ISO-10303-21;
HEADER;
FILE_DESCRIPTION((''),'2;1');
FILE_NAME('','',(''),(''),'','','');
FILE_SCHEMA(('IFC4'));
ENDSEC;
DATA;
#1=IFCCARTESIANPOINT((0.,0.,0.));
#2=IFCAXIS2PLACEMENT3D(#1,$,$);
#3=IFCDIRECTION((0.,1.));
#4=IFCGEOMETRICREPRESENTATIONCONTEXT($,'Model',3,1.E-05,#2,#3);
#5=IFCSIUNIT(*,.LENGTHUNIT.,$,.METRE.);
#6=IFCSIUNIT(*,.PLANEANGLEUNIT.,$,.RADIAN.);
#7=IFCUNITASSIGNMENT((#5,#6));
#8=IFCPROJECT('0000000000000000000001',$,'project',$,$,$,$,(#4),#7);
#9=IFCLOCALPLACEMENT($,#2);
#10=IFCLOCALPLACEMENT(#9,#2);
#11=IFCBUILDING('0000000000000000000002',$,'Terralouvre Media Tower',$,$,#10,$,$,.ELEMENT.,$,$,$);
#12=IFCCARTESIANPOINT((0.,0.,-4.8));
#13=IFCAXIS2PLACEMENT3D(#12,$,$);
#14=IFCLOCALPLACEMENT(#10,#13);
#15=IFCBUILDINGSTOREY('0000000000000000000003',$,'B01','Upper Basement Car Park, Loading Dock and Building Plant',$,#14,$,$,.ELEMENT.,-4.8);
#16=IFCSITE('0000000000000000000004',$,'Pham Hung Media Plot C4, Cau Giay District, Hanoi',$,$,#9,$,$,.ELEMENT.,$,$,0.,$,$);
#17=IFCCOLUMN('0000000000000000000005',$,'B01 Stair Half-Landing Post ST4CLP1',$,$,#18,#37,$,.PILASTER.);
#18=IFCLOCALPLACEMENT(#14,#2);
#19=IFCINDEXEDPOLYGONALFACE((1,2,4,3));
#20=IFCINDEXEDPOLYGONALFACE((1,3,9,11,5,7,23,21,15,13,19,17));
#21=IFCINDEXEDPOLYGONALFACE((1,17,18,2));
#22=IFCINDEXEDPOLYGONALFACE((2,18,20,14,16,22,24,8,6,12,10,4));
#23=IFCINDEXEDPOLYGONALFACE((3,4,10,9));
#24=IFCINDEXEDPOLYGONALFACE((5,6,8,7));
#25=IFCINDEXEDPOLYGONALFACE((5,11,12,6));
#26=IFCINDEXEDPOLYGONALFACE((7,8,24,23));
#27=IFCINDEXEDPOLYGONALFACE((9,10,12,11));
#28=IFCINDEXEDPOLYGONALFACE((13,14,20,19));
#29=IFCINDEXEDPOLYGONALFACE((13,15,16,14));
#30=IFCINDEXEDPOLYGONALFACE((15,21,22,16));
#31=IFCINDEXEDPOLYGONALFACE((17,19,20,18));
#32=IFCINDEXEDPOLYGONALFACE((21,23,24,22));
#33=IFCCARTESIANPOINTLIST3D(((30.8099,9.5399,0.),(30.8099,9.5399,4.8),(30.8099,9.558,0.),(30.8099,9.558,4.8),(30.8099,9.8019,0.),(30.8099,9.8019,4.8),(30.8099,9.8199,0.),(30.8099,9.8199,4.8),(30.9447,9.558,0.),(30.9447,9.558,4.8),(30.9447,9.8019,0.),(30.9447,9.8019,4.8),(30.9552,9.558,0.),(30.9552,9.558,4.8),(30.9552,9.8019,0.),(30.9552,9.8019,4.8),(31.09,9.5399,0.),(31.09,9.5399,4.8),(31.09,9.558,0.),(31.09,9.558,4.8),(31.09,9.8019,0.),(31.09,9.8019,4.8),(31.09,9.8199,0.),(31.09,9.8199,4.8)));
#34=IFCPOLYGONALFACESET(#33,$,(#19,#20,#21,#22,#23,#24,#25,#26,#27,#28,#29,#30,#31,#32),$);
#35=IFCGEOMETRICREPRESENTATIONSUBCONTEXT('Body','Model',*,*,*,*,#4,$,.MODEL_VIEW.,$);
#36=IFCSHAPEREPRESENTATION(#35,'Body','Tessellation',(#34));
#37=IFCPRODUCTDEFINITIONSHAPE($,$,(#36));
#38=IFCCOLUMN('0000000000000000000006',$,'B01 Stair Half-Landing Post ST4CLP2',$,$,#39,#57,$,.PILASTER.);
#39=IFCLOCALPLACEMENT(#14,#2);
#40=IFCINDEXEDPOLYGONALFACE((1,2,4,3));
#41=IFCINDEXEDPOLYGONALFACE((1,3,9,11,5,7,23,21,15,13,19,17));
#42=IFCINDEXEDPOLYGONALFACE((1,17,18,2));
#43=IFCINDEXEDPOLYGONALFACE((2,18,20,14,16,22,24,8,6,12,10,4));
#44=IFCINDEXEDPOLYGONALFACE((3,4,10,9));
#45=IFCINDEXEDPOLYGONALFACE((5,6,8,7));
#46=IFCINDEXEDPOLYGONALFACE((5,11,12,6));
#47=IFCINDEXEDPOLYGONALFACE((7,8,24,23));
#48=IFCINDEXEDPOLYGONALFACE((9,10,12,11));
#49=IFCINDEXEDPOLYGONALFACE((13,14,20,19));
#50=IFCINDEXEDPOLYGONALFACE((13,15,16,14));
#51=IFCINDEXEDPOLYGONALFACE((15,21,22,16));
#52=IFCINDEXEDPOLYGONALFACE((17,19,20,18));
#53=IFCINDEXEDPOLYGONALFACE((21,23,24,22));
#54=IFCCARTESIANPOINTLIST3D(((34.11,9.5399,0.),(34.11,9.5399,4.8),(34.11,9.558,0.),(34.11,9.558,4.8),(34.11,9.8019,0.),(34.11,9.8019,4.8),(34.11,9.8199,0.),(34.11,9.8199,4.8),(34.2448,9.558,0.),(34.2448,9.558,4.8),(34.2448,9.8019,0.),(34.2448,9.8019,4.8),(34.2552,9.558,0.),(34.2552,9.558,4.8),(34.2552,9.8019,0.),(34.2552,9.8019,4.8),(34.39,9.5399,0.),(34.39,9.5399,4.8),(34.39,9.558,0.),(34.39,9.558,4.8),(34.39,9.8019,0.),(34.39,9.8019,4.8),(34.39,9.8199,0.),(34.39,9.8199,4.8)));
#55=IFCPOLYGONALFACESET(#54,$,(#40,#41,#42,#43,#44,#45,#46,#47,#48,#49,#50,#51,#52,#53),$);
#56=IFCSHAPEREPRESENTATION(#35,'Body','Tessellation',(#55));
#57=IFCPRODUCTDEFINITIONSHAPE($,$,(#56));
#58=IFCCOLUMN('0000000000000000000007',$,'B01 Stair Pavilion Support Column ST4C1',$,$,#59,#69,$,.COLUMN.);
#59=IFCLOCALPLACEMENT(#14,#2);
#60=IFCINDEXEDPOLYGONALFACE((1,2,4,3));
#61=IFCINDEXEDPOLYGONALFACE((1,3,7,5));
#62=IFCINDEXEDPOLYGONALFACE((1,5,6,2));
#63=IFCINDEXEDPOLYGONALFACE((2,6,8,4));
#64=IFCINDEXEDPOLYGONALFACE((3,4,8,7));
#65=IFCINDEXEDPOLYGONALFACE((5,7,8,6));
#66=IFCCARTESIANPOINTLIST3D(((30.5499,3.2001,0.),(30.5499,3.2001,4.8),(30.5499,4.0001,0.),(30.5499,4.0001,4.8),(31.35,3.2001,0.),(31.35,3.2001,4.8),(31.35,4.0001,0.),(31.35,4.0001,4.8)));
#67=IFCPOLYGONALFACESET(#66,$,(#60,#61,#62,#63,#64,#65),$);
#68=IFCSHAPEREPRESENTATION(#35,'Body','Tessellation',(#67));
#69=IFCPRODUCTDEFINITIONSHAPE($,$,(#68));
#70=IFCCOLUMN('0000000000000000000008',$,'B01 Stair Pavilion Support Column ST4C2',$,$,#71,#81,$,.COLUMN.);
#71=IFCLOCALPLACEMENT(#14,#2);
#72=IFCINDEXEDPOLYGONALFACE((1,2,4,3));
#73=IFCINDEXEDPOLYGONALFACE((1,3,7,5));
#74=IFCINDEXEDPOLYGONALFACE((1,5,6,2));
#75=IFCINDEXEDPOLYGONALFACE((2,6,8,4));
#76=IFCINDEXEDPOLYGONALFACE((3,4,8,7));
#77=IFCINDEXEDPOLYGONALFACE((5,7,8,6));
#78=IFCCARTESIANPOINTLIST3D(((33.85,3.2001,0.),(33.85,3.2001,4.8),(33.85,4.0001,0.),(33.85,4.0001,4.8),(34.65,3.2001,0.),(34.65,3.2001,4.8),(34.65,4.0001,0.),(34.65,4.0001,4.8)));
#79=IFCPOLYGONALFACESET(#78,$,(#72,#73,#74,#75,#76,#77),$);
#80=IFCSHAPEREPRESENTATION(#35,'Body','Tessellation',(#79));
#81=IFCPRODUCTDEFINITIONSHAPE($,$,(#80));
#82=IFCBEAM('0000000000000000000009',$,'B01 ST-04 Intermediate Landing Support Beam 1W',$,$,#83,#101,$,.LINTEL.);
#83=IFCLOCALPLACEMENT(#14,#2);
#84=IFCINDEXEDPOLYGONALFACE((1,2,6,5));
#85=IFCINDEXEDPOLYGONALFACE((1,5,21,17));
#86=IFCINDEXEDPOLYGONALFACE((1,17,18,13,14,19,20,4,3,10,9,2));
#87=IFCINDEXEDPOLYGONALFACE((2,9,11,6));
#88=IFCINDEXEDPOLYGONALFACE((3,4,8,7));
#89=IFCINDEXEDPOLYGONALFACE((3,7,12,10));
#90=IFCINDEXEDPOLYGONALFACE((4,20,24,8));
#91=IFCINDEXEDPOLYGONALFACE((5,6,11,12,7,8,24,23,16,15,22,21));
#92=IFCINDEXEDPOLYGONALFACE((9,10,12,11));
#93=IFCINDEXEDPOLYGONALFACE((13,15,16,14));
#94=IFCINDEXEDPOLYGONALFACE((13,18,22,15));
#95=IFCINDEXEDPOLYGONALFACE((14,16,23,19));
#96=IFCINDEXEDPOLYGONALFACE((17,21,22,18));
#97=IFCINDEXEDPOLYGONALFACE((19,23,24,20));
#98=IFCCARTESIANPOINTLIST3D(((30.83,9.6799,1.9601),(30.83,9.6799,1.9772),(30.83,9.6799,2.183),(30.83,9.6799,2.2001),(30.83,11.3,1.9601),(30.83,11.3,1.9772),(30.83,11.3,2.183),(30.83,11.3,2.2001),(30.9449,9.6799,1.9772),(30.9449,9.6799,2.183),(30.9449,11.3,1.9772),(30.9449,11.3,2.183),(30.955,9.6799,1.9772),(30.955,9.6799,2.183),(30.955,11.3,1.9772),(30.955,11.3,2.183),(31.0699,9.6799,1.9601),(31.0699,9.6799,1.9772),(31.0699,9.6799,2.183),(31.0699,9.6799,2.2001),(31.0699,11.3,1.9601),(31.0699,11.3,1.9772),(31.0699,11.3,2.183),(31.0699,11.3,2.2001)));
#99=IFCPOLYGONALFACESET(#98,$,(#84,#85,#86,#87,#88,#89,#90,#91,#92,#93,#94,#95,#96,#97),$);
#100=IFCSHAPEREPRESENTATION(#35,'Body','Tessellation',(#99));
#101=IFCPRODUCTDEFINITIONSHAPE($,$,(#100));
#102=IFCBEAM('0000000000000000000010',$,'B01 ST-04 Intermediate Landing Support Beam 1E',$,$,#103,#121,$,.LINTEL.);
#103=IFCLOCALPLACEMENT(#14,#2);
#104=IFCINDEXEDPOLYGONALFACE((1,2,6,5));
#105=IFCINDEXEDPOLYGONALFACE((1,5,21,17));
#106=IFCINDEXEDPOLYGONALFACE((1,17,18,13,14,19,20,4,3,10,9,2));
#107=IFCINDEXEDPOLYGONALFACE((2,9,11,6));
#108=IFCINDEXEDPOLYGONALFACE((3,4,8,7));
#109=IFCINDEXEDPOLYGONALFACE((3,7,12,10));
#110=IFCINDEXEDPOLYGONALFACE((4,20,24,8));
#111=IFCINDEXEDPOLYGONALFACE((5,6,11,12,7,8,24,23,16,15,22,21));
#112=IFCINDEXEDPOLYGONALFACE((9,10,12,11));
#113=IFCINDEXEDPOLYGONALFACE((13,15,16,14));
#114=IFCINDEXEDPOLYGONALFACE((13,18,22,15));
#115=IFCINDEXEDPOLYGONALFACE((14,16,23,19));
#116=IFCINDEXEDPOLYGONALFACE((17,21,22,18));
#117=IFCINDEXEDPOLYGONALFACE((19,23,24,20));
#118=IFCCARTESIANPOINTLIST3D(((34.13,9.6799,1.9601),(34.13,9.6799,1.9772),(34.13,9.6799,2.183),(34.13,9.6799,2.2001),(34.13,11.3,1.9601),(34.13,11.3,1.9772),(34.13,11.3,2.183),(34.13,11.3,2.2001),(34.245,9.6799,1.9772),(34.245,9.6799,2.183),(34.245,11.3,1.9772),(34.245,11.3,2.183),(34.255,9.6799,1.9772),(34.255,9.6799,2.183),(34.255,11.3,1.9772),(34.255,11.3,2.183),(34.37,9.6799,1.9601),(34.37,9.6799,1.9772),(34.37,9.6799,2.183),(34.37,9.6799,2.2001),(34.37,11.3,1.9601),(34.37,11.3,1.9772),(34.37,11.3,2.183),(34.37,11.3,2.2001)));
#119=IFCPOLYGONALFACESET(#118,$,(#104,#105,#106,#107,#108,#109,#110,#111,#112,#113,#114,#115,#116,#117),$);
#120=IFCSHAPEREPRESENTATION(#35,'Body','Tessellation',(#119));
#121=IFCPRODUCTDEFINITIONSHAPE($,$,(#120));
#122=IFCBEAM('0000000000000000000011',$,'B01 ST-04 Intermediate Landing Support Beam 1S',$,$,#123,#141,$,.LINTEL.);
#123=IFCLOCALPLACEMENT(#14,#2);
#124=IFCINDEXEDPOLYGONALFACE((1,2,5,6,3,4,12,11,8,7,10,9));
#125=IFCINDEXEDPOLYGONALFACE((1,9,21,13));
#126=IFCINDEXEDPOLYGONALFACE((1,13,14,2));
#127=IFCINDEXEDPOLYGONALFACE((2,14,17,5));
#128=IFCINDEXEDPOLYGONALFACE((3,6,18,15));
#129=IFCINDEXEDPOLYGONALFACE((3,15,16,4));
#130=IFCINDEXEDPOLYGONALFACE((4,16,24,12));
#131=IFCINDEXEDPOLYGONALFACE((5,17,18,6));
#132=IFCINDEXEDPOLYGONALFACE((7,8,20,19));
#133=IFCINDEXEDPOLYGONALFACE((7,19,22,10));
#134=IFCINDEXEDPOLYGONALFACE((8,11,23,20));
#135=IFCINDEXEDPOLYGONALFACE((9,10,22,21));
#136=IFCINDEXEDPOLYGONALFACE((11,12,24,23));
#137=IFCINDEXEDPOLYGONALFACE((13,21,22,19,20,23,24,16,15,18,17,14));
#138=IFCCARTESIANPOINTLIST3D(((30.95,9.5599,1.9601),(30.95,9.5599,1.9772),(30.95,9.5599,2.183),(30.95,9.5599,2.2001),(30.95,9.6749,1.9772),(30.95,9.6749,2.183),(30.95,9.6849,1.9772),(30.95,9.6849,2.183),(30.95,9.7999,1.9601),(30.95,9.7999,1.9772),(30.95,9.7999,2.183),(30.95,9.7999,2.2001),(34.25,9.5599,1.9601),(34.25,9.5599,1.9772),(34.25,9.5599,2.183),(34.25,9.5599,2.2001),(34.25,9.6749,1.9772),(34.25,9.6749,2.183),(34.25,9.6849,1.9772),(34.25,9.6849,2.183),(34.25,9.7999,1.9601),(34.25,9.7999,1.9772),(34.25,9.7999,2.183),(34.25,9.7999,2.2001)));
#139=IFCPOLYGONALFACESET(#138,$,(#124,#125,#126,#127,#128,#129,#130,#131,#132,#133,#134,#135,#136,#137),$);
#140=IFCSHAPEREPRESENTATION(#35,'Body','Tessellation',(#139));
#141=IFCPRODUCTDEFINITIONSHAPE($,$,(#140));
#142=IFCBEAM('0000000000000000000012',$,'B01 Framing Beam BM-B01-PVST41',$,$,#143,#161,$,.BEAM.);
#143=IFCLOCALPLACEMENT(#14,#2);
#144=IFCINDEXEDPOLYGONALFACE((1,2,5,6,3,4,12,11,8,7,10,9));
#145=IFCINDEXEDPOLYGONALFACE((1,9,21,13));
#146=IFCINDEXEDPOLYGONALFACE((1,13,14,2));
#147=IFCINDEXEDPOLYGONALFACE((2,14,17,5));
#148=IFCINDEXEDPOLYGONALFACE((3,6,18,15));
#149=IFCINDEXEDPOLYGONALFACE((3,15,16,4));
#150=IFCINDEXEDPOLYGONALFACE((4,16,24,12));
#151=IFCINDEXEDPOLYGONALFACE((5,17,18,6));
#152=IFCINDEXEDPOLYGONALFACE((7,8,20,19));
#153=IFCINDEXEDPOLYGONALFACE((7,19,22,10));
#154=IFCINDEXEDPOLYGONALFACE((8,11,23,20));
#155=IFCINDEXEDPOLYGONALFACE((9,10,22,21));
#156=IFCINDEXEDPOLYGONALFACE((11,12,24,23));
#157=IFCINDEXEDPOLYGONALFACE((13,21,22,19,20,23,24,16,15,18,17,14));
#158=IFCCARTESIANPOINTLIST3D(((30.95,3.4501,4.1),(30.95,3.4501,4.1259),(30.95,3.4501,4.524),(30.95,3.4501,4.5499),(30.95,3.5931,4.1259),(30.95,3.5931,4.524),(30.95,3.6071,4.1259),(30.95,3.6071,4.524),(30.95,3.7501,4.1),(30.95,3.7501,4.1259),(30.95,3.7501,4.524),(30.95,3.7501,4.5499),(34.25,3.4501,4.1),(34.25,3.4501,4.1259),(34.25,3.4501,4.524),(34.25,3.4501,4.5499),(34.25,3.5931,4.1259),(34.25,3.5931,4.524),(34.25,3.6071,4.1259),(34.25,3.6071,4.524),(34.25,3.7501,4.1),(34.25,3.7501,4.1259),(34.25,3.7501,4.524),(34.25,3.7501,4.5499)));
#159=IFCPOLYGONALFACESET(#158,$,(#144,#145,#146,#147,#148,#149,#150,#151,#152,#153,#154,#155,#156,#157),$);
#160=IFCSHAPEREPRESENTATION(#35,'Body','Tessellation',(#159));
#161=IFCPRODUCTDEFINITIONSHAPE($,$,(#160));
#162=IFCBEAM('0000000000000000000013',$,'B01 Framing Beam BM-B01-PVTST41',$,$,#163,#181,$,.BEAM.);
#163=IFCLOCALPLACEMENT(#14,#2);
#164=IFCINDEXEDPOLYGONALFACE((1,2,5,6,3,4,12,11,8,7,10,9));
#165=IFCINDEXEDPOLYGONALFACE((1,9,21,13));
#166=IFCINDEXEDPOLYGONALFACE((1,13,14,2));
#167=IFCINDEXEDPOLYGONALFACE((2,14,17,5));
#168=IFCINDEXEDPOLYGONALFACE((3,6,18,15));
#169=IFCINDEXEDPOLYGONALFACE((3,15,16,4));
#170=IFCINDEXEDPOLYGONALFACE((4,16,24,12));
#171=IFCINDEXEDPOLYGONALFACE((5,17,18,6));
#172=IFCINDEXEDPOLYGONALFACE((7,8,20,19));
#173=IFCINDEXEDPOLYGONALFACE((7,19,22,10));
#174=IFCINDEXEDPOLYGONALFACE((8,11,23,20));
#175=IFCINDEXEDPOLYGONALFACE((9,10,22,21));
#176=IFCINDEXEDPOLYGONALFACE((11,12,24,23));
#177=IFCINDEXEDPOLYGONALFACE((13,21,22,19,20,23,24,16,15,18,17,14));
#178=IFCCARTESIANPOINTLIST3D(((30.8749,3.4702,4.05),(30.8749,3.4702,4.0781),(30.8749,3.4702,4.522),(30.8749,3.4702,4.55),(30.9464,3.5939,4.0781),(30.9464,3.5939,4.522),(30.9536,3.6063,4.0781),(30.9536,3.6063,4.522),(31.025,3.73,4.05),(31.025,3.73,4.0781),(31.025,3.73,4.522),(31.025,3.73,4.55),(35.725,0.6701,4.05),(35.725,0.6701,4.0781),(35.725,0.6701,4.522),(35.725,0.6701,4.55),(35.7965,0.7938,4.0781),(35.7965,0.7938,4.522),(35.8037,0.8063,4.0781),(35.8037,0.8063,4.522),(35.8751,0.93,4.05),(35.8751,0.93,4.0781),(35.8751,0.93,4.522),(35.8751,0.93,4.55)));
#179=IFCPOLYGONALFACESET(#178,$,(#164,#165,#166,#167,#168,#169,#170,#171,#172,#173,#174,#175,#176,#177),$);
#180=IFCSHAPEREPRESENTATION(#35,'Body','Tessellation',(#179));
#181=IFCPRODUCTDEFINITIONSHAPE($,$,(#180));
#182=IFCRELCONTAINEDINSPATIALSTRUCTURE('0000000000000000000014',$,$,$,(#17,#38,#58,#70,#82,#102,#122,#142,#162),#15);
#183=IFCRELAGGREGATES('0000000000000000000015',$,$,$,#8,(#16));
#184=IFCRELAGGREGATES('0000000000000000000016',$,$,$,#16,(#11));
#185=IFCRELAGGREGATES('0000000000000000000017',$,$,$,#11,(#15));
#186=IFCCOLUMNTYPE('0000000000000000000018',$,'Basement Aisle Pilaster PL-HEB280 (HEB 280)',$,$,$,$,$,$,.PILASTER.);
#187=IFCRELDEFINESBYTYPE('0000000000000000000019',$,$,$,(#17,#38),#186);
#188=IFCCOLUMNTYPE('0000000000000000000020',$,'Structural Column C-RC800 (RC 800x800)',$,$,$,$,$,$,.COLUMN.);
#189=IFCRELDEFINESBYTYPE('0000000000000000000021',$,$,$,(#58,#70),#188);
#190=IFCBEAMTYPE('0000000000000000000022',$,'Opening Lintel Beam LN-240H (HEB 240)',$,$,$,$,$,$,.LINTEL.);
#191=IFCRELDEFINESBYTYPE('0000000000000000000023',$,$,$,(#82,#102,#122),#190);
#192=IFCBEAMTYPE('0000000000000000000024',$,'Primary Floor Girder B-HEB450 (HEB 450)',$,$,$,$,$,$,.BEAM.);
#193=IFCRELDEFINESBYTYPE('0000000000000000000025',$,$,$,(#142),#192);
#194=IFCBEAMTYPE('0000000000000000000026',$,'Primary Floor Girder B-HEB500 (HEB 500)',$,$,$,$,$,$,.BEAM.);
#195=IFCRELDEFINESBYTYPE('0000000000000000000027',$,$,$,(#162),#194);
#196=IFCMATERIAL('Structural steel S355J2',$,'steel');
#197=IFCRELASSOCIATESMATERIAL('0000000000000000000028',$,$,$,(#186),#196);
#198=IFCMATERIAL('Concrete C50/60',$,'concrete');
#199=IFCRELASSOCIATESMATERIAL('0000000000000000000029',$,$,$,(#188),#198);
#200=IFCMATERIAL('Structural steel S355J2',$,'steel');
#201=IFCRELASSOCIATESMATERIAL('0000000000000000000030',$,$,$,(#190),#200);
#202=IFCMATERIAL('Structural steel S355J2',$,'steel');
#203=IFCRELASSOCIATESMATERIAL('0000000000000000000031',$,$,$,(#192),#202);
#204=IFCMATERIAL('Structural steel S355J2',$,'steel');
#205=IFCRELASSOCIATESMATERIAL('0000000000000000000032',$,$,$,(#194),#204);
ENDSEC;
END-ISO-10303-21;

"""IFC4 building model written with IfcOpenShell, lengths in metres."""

from ifc_helpers import new_model, si_unit, direction, frame, origin, origin_2d, place, context, subcontext, project, spatial, rectangle, i_section, extrude, material, material_profile, profile_set, type_object, element, save


model = new_model("IFC4")

# Units and contexts
model_context = context("Model", 3, precision=1e-05, world=origin(), true_north=direction((0.0, 1.0)))
body_context = subcontext(model_context, "Body", "Model", "MODEL_VIEW")
ifc_project = project(units=[si_unit("LENGTHUNIT", "METRE"), si_unit("PLANEANGLEUNIT", "RADIAN")], contexts=[model_context])

# Site, building, storey
site_placement = place(None, origin())
site = spatial("IfcSite", under=ifc_project, at=site_placement, Name="Pham Hung Media Plot C4, Cau Giay District, Hanoi", CompositionType="ELEMENT", RefElevation=0.0)
building_placement = place(site_placement, origin())
building = spatial("IfcBuilding", under=site, at=building_placement, Name="Terralouvre Media Tower", CompositionType="ELEMENT")
storey_placement = place(building_placement, frame((0.0, 0.0, -4.8)))
storey = spatial("IfcBuildingStorey", under=building, at=storey_placement, Name="B01", Description="Upper Basement Car Park, Loading Dock and Building Plant", CompositionType="ELEMENT", Elevation=-4.8)

# Columns
ifc_material_1 = material(Name="Structural steel S355J2", Category="steel")
ifc_material_profile_1 = material_profile(ifc_material_1, i_section(OverallWidth=0.28, OverallDepth=0.28, WebThickness=0.0105, FlangeThickness=0.0181, at=origin_2d()), Name="HEB 280")
ifc_profile_set_1 = profile_set([ifc_material_profile_1], Name="Structural steel S355J2")
column_type_1 = type_object("IfcColumnType", Name="Basement Aisle Pilaster PL-HEB280 (HEB 280)", PredefinedType="PILASTER", material=ifc_profile_set_1)
for number, where, z_axis, x_axis, name in (
    (1, (30.95, 9.6799, 0.0), (0.0, 0.0, 1.0), (1.0, 0.0, 0.0), "B01 Stair Half-Landing Post ST4CLP1"),
    (2, (34.25, 9.6799, 0.0), (0.0, 0.0, 1.0), (1.0, 0.0, 0.0), "B01 Stair Half-Landing Post ST4CLP2"),
):
    element("IfcColumn", number, at=place(storey_placement, frame(where, z_axis=z_axis, x_axis=x_axis)), inside=storey, type_object=column_type_1, Name=name, PredefinedType="PILASTER", context=body_context, shape_type="SweptSolid", body=[
        extrude(i_section(OverallWidth=0.28, OverallDepth=0.28, WebThickness=0.0105, FlangeThickness=0.0181, at=origin_2d()), origin(), (0.0, 0.0, 1.0), 4.8),
    ])
ifc_material_2 = material(Name="Concrete C50/60", Category="concrete")
ifc_material_profile_2 = material_profile(ifc_material_2, rectangle(XDim=0.8, YDim=0.8, at=origin_2d()), Name="RC 800x800")
ifc_profile_set_2 = profile_set([ifc_material_profile_2], Name="Concrete C50/60")
column_type_2 = type_object("IfcColumnType", Name="Structural Column C-RC800 (RC 800x800)", PredefinedType="COLUMN", material=ifc_profile_set_2)
for number, where, z_axis, x_axis, name in (
    (3, (30.95, 3.6001, 0.0), (0.0, 0.0, 1.0), (1.0, 0.0, 0.0), "B01 Stair Pavilion Support Column ST4C1"),
    (4, (34.25, 3.6001, 0.0), (0.0, 0.0, 1.0), (1.0, 0.0, 0.0), "B01 Stair Pavilion Support Column ST4C2"),
):
    element("IfcColumn", number, at=place(storey_placement, frame(where, z_axis=z_axis, x_axis=x_axis)), inside=storey, type_object=column_type_2, Name=name, PredefinedType="COLUMN", context=body_context, shape_type="SweptSolid", body=[
        extrude(rectangle(XDim=0.8, YDim=0.8, at=origin_2d()), origin(), (0.0, 0.0, 1.0), 4.8),
    ])

# Beams
ifc_material_3 = material(Name="Structural steel S355J2", Category="steel")
ifc_material_profile_3 = material_profile(ifc_material_3, i_section(OverallWidth=0.24, OverallDepth=0.24, WebThickness=0.01, FlangeThickness=0.0171, at=origin_2d()), Name="HEB 240")
ifc_profile_set_3 = profile_set([ifc_material_profile_3], Name="Structural steel S355J2")
beam_type_1 = type_object("IfcBeamType", Name="Opening Lintel Beam LN-240H (HEB 240)", PredefinedType="LINTEL", material=ifc_profile_set_3)
for number, where, z_axis, x_axis, name in (
    (5, (30.95, 9.6799, 2.0801), (0.0, 1.0, 0.0), (-1.0, 0.0, 0.0), "B01 ST-04 Intermediate Landing Support Beam 1W"),
    (6, (34.25, 9.6799, 2.0801), (0.0, 1.0, 0.0), (-1.0, 0.0, 0.0), "B01 ST-04 Intermediate Landing Support Beam 1E"),
):
    element("IfcBeam", number, at=place(storey_placement, frame(where, z_axis=z_axis, x_axis=x_axis)), inside=storey, type_object=beam_type_1, Name=name, PredefinedType="LINTEL", context=body_context, shape_type="SweptSolid", body=[
        extrude(i_section(OverallWidth=0.24, OverallDepth=0.24, WebThickness=0.01, FlangeThickness=0.0171, at=origin_2d()), origin(), (0.0, 0.0, 1.0), 1.6201),
    ])
beam_1_placement = place(storey_placement, frame((30.95, 9.6799, 2.0801), z_axis=(1.0, 0.0, 0.0), x_axis=(0.0, 1.0, 0.0)))
element("IfcBeam", 7, at=beam_1_placement, inside=storey, type_object=beam_type_1, Name="B01 ST-04 Intermediate Landing Support Beam 1S", PredefinedType="LINTEL", context=body_context, shape_type="SweptSolid", body=[
    extrude(i_section(OverallWidth=0.24, OverallDepth=0.24, WebThickness=0.01, FlangeThickness=0.0171, at=origin_2d()), origin(), (0.0, 0.0, 1.0), 3.3),
])
ifc_material_4 = material(Name="Structural steel S355J2", Category="steel")
ifc_material_profile_4 = material_profile(ifc_material_4, i_section(OverallWidth=0.3, OverallDepth=0.45, WebThickness=0.0139, FlangeThickness=0.0259, at=origin_2d()), Name="HEB 450")
ifc_profile_set_4 = profile_set([ifc_material_profile_4], Name="Structural steel S355J2")
beam_type_2 = type_object("IfcBeamType", Name="Primary Floor Girder B-HEB450 (HEB 450)", PredefinedType="BEAM", material=ifc_profile_set_4)
beam_2_placement = place(storey_placement, frame((30.95, 3.6001, 4.325), z_axis=(1.0, 0.0, 0.0), x_axis=(0.0, 1.0, 0.0)))
element("IfcBeam", 8, at=beam_2_placement, inside=storey, type_object=beam_type_2, Name="B01 Framing Beam BM-B01-PVST41", PredefinedType="BEAM", context=body_context, shape_type="SweptSolid", body=[
    extrude(i_section(OverallWidth=0.3, OverallDepth=0.45, WebThickness=0.0139, FlangeThickness=0.0259, at=origin_2d()), origin(), (0.0, 0.0, 1.0), 3.3),
])
ifc_material_5 = material(Name="Structural steel S355J2", Category="steel")
ifc_material_profile_5 = material_profile(ifc_material_5, i_section(OverallWidth=0.3, OverallDepth=0.5, WebThickness=0.0144, FlangeThickness=0.0281, at=origin_2d()), Name="HEB 500")
ifc_profile_set_5 = profile_set([ifc_material_profile_5], Name="Structural steel S355J2")
beam_type_3 = type_object("IfcBeamType", Name="Primary Floor Girder B-HEB500 (HEB 500)", PredefinedType="BEAM", material=ifc_profile_set_5)
beam_3_placement = place(storey_placement, frame((30.95, 3.6001, 4.3), z_axis=(0.866037, -0.499979, 0.0), x_axis=(0.499979, 0.866037, 0.0)))
element("IfcBeam", 9, at=beam_3_placement, inside=storey, type_object=beam_type_3, Name="B01 Framing Beam BM-B01-PVTST41", PredefinedType="BEAM", context=body_context, shape_type="SweptSolid", body=[
    extrude(i_section(OverallWidth=0.3, OverallDepth=0.5, WebThickness=0.0144, FlangeThickness=0.0281, at=origin_2d()), origin(), (0.0, 0.0, 1.0), 5.6003),
])

save(model, "model.ifc")
